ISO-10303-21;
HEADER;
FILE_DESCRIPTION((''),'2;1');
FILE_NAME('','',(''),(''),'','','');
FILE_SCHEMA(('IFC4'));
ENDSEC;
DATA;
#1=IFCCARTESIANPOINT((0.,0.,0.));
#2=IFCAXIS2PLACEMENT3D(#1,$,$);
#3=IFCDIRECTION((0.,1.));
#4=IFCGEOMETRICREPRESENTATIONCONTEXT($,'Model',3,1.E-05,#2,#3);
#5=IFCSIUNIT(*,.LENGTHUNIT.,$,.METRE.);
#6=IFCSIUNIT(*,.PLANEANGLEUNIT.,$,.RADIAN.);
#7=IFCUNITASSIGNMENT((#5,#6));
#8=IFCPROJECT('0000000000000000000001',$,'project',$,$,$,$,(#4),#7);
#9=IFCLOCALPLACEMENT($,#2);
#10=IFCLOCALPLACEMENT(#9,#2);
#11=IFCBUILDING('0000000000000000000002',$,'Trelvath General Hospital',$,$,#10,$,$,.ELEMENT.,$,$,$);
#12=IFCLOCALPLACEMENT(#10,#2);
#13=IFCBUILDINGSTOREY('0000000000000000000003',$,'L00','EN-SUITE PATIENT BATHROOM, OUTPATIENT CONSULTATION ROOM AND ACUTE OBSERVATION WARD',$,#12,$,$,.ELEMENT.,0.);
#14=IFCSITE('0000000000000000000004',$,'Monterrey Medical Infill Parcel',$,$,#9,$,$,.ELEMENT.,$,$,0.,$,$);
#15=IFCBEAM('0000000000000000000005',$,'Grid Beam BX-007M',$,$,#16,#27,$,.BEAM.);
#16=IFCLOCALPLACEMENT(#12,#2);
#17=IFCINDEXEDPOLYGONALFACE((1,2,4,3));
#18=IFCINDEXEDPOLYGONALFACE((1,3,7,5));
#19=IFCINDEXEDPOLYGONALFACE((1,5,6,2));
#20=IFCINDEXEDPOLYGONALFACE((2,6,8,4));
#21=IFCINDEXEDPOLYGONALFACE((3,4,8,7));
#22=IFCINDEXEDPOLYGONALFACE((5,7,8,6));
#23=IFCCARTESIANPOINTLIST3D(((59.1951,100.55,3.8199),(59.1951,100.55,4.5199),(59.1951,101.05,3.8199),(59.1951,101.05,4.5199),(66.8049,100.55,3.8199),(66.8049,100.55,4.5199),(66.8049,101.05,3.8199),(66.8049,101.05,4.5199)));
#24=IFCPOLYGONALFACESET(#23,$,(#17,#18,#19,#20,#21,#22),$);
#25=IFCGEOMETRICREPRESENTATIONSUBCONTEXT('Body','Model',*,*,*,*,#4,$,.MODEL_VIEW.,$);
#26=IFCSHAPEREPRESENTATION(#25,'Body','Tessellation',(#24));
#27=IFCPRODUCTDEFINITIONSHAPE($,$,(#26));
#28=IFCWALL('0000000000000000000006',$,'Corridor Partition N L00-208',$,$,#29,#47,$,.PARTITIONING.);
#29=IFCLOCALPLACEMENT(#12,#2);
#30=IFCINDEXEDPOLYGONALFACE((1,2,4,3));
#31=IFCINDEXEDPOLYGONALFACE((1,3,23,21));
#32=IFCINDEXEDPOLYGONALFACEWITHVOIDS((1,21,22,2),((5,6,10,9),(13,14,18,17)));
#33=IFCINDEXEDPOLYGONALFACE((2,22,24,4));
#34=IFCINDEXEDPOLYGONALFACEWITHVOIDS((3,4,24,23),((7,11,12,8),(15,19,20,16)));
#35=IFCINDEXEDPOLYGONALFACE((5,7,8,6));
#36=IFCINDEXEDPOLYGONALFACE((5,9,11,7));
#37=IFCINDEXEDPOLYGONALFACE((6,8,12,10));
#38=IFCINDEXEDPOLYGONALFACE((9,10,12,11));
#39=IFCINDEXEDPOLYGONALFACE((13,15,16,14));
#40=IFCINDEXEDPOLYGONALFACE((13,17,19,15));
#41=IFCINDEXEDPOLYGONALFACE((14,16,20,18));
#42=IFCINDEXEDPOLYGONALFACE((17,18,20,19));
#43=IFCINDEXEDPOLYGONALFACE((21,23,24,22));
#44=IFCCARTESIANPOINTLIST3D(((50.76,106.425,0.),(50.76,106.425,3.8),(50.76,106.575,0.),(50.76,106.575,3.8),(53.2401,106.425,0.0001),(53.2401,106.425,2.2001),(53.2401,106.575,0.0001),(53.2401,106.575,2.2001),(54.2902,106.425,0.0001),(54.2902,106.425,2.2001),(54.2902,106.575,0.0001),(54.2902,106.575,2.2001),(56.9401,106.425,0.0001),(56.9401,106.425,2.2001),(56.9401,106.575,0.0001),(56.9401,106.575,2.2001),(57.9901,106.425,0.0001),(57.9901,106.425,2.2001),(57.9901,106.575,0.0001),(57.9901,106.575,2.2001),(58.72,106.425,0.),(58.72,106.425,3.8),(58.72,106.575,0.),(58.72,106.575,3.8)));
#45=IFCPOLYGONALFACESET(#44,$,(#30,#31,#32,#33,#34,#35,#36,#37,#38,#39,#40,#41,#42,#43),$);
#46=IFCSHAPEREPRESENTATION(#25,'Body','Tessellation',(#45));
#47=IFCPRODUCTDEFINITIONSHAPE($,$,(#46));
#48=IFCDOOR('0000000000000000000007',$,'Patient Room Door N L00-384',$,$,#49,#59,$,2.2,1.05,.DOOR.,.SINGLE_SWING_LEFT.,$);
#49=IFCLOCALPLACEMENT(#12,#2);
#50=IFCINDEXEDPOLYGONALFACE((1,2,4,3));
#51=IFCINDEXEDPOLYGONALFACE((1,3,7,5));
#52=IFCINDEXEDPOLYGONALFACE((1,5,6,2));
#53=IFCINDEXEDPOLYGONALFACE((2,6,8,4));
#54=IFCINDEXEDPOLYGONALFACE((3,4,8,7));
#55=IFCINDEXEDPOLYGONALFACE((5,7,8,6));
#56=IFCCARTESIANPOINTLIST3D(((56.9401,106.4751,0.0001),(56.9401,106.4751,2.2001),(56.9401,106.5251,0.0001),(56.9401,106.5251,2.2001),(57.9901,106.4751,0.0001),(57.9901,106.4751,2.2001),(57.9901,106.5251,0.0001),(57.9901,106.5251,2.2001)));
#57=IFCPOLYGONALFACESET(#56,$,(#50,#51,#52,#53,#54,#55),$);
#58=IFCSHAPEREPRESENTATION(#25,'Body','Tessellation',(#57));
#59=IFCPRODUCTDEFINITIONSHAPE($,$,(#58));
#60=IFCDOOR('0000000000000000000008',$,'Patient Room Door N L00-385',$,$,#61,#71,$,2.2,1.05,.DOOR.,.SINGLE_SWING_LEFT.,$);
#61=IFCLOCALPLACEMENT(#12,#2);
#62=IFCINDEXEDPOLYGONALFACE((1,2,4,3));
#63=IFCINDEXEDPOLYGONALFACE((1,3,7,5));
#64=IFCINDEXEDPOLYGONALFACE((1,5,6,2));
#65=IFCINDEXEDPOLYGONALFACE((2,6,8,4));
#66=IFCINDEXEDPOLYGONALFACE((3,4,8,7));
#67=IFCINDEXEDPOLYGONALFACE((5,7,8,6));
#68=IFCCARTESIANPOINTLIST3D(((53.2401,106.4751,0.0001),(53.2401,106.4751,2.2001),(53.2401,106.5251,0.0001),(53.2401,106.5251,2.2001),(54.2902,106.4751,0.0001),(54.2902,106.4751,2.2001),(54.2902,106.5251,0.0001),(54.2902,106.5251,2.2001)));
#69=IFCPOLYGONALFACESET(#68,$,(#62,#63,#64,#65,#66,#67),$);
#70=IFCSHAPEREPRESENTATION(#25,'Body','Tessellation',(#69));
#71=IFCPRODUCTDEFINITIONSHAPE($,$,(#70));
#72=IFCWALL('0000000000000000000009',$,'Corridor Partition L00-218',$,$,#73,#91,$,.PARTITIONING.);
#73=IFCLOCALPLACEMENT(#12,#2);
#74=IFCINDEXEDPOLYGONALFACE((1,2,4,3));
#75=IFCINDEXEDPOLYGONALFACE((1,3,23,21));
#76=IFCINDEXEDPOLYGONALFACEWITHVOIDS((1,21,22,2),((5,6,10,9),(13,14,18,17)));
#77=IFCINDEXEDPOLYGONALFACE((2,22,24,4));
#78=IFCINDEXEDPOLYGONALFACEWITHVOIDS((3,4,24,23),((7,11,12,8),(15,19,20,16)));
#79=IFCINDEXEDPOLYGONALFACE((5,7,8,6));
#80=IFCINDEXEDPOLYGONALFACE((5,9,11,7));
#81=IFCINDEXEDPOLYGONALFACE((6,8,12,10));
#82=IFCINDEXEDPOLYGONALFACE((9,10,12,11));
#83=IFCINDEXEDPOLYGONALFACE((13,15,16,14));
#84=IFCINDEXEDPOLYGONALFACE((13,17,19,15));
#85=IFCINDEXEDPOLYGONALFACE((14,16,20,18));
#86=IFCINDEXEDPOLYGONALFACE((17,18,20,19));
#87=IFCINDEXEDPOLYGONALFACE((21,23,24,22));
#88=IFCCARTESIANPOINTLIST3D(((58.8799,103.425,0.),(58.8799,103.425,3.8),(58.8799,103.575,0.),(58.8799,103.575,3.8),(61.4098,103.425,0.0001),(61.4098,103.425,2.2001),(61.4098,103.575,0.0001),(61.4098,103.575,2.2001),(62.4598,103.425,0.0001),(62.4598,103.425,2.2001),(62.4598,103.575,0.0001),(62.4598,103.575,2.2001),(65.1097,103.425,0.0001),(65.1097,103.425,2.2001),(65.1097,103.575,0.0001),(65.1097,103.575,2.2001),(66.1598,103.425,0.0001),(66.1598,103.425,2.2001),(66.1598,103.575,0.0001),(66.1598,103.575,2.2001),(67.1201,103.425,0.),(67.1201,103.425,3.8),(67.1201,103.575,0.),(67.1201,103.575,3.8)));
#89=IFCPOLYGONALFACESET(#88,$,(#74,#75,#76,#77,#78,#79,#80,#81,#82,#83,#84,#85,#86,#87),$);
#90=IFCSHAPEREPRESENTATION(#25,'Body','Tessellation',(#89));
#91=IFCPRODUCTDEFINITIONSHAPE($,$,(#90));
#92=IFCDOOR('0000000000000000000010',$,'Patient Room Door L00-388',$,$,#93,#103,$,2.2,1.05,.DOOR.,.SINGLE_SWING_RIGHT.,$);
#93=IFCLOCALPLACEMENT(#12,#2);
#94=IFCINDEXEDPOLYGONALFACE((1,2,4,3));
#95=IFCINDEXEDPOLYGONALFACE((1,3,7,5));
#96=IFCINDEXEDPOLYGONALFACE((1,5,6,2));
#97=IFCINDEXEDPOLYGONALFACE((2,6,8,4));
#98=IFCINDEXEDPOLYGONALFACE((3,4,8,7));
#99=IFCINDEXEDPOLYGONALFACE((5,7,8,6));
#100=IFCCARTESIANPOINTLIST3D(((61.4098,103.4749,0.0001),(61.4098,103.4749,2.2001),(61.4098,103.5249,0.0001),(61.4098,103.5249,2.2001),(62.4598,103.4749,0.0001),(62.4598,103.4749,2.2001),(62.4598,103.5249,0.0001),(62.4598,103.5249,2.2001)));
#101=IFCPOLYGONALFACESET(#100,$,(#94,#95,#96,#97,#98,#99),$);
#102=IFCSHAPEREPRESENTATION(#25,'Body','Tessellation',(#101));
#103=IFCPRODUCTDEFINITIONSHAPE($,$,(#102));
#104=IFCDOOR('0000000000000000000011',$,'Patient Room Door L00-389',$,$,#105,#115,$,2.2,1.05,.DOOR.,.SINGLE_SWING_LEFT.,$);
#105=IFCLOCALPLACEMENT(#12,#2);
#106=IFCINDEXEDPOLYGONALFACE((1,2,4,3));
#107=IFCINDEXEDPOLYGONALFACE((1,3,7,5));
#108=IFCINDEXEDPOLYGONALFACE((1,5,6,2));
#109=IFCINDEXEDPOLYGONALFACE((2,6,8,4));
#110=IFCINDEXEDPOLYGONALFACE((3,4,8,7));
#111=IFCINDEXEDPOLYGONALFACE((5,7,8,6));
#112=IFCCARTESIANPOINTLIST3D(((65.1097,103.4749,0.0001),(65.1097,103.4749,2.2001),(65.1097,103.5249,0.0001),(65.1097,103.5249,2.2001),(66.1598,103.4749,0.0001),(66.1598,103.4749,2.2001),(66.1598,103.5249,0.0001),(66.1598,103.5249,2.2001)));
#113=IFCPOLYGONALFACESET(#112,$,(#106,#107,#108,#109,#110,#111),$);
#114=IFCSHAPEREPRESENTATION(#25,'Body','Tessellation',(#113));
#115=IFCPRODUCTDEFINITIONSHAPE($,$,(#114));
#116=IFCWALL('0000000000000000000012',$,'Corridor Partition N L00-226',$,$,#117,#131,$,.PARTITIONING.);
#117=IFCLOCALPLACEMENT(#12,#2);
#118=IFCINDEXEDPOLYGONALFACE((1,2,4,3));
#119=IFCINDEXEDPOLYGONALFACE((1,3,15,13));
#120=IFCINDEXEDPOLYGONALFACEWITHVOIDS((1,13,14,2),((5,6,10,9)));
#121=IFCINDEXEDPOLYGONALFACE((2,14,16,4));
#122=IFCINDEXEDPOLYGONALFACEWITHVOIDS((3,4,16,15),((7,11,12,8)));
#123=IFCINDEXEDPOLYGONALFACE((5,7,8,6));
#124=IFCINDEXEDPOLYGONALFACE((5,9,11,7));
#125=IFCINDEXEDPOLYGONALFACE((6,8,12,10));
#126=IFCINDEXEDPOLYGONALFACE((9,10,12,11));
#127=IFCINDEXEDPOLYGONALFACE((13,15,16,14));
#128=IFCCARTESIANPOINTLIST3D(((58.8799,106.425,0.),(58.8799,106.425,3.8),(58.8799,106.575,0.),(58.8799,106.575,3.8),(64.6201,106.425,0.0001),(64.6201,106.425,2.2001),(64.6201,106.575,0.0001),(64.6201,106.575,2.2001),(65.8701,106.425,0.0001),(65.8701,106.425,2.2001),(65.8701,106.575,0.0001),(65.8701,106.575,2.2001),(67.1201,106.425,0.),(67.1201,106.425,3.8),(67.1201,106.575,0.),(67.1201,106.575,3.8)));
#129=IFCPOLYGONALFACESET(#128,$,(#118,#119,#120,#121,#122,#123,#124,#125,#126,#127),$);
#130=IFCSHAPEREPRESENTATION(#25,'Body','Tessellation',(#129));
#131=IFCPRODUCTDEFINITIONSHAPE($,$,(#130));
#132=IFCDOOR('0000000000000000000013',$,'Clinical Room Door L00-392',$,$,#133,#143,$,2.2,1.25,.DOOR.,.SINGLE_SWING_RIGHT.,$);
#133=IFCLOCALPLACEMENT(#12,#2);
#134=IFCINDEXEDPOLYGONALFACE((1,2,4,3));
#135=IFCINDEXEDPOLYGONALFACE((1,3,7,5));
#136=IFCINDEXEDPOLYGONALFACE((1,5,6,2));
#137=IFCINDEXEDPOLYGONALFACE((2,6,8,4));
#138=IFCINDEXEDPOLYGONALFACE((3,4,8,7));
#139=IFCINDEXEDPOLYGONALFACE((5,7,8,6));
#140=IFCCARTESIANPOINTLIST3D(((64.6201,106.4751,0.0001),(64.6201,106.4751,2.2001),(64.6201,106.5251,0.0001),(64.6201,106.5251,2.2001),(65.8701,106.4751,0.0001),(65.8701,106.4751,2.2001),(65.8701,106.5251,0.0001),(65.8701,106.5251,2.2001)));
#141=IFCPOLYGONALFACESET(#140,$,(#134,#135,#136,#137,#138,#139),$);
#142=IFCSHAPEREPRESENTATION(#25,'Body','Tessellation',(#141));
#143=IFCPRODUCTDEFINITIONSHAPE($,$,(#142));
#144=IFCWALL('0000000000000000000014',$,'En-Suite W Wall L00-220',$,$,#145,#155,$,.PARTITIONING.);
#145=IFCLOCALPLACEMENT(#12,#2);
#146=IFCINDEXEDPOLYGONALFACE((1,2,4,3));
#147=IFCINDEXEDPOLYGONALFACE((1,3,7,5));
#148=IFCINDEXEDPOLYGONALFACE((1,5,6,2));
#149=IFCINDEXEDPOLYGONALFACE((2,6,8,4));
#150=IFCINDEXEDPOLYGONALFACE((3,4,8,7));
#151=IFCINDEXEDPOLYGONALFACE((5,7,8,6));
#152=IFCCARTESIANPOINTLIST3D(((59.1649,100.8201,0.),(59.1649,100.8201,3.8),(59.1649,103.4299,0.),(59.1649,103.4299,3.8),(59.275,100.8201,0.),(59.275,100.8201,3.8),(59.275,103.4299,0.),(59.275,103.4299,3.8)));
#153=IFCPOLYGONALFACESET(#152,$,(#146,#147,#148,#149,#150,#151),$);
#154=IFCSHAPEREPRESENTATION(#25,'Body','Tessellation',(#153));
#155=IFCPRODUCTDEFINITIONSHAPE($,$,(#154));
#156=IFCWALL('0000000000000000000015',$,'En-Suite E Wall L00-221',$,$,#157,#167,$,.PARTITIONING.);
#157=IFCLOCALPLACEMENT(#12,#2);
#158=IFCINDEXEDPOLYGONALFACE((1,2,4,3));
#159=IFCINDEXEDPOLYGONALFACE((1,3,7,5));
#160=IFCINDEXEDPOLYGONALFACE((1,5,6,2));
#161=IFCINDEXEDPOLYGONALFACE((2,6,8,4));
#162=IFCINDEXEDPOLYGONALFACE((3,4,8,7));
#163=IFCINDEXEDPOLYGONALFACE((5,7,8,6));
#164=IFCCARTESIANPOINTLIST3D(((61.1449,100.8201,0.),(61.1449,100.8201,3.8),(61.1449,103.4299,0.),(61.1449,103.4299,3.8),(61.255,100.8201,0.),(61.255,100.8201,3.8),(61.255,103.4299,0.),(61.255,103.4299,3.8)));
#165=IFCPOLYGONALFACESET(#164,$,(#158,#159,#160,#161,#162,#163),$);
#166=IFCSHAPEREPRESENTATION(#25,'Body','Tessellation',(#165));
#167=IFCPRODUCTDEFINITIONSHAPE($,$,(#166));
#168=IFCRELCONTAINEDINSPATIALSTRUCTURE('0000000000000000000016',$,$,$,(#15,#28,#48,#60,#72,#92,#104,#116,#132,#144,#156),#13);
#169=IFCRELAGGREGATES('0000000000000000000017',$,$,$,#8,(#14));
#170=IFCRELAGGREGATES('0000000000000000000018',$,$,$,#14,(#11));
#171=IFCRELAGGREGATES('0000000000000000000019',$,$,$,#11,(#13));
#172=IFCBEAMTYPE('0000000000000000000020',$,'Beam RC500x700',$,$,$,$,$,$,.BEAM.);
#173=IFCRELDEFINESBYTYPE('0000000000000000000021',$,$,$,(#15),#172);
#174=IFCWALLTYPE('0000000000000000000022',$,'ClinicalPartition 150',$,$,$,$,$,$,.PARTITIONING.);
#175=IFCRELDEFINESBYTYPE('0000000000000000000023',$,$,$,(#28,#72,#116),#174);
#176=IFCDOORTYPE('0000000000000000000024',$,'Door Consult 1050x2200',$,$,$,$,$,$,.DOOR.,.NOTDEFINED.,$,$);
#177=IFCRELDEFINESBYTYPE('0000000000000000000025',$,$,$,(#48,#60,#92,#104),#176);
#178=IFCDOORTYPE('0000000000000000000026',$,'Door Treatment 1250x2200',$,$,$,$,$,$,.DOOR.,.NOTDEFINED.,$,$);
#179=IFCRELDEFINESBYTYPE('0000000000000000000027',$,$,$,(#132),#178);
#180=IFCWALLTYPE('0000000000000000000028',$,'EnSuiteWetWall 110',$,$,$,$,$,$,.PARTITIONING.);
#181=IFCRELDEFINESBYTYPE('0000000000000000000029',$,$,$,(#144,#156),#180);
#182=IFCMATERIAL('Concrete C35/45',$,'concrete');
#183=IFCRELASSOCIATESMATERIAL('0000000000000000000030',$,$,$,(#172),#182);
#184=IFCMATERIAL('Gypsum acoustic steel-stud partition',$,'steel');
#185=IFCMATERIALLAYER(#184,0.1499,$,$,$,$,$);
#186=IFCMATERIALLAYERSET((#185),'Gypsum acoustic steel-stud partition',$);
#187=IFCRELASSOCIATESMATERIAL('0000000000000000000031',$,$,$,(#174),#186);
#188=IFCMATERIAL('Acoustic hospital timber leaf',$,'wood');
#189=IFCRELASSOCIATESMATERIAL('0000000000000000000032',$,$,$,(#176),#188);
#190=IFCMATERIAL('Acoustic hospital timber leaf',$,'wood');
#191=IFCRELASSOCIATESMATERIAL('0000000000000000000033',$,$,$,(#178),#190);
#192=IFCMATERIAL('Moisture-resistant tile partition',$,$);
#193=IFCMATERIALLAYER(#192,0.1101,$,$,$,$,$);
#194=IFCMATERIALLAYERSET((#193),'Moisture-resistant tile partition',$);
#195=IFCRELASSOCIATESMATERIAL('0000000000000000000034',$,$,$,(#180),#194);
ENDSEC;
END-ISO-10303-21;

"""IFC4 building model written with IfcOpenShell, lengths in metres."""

from ifc_helpers import new_model, si_unit, direction, frame, frame_2d, origin, origin_2d, place, context, subcontext, project, spatial, rectangle, extrude, material, layer, layer_set, material_profile, profile_set, type_object, element, fill, save


model = new_model("IFC4")

# Units and contexts
model_context = context("Model", 3, precision=1e-05, world=origin(), true_north=direction((0.0, 1.0)))
body_context = subcontext(model_context, "Body", "Model", "MODEL_VIEW")
ifc_project = project(units=[si_unit("LENGTHUNIT", "METRE"), si_unit("PLANEANGLEUNIT", "RADIAN")], contexts=[model_context])

# Site, building, storey
site_placement = place(None, origin())
site = spatial("IfcSite", under=ifc_project, at=site_placement, Name="Monterrey Medical Infill Parcel", CompositionType="ELEMENT", RefElevation=0.0)
building_placement = place(site_placement, origin())
building = spatial("IfcBuilding", under=site, at=building_placement, Name="Trelvath General Hospital", CompositionType="ELEMENT")
storey_placement = place(building_placement, origin())
storey = spatial("IfcBuildingStorey", under=building, at=storey_placement, Name="L00", Description="EN-SUITE PATIENT BATHROOM, OUTPATIENT CONSULTATION ROOM AND ACUTE OBSERVATION WARD", CompositionType="ELEMENT", Elevation=0.0)

# Beam
ifc_material_1 = material(Name="Concrete C35/45", Category="concrete")
ifc_material_profile_1 = material_profile(ifc_material_1, rectangle(XDim=0.5, YDim=0.7, at=origin_2d()), Name="RCB500x700")
ifc_profile_set_1 = profile_set([ifc_material_profile_1], Name="Concrete C35/45")
beam_type_1 = type_object("IfcBeamType", Name="Beam RC500x700", PredefinedType="BEAM", material=ifc_profile_set_1)
beam_1_placement = place(storey_placement, frame((59.1951, 100.8, 4.1699), z_axis=(1.0, 0.0, 0.0), x_axis=(0.0, 1.0, 0.0)))
element("IfcBeam", 1, at=beam_1_placement, inside=storey, type_object=beam_type_1, Name="Grid Beam BX-007M", PredefinedType="BEAM", context=body_context, shape_type="SweptSolid", body=[
    extrude(rectangle(XDim=0.5, YDim=0.7, at=origin_2d()), origin(), (0.0, 0.0, 1.0), 7.6099),
])

# Walls, openings, doors
ifc_material_2 = material(Name="Gypsum acoustic steel-stud partition", Category="steel")
ifc_layer_1 = layer(ifc_material_2, 0.1499)
ifc_layer_set_1 = layer_set([ifc_layer_1], Name="Gypsum acoustic steel-stud partition")
wall_type_1 = type_object("IfcWallType", Name="ClinicalPartition 150", PredefinedType="PARTITIONING", material=ifc_layer_set_1)
wall_1_placement = place(storey_placement, frame((58.72, 106.5, 0.0), z_axis=(0.0, 0.0, 1.0), x_axis=(-1.0, 0.0, 0.0)))
wall_1 = element("IfcWall", 2, at=wall_1_placement, inside=storey, type_object=wall_type_1, Name="Corridor Partition N L00-208", PredefinedType="PARTITIONING", context=body_context, shape_type="SweptSolid", body=[
    extrude(rectangle(XDim=7.96, YDim=0.1499, at=frame_2d((3.98, 0.0))), origin(), (0.0, 0.0, 1.0), 3.8),
])
opening_1_placement = place(wall_1_placement, frame((0.73, 0.0, 0.0)))
opening_1 = element("IfcOpeningElement", 3, at=opening_1_placement, cuts=wall_1, PredefinedType="OPENING", context=body_context, shape_type="SweptSolid", body=[
    extrude(rectangle(XDim=1.05, YDim=2.2, at=frame_2d((0.5249, 1.1001))), frame((0.0, 0.085, 0.0), z_axis=(0.0, -1.0, 0.0), x_axis=(1.0, 0.0, 0.0)), (0.0, 0.0, 1.0), 0.1699),
])
opening_2_placement = place(wall_1_placement, frame((4.4299, 0.0, 0.0)))
opening_2 = element("IfcOpeningElement", 4, at=opening_2_placement, cuts=wall_1, PredefinedType="OPENING", context=body_context, shape_type="SweptSolid", body=[
    extrude(rectangle(XDim=1.05, YDim=2.2, at=frame_2d((0.5249, 1.1001))), frame((0.0, 0.085, 0.0), z_axis=(0.0, -1.0, 0.0), x_axis=(1.0, 0.0, 0.0)), (0.0, 0.0, 1.0), 0.1699),
])
ifc_material_3 = material(Name="Acoustic hospital timber leaf", Category="wood")
door_type_1 = type_object("IfcDoorType", Name="Door Consult 1050x2200", OperationType="NOTDEFINED", PredefinedType="DOOR", material=ifc_material_3)
door_1_placement = place(opening_1_placement, origin())
door_1 = element("IfcDoor", 5, at=door_1_placement, inside=storey, type_object=door_type_1, Name="Patient Room Door N L00-384", OperationType="SINGLE_SWING_LEFT", OverallHeight=2.2, OverallWidth=1.05, PredefinedType="DOOR", context=body_context, shape_type="SweptSolid", body=[
    extrude(rectangle(XDim=1.05, YDim=2.2, at=frame_2d((0.5249, 1.1001))), frame((0.0, 0.0249, 0.0), z_axis=(0.0, -1.0, 0.0), x_axis=(1.0, 0.0, 0.0)), (0.0, 0.0, 1.0), 0.05),
])
fill(opening_1, door_1)
door_2_placement = place(opening_2_placement, origin())
door_2 = element("IfcDoor", 6, at=door_2_placement, inside=storey, type_object=door_type_1, Name="Patient Room Door N L00-385", OperationType="SINGLE_SWING_LEFT", OverallHeight=2.2, OverallWidth=1.05, PredefinedType="DOOR", context=body_context, shape_type="SweptSolid", body=[
    extrude(rectangle(XDim=1.05, YDim=2.2, at=frame_2d((0.5249, 1.1001))), frame((0.0, 0.0249, 0.0), z_axis=(0.0, -1.0, 0.0), x_axis=(1.0, 0.0, 0.0)), (0.0, 0.0, 1.0), 0.05),
])
fill(opening_2, door_2)
wall_2_placement = place(storey_placement, frame((58.8799, 103.5, 0.0), z_axis=(0.0, 0.0, 1.0), x_axis=(1.0, 0.0, 0.0)))
wall_2 = element("IfcWall", 7, at=wall_2_placement, inside=storey, type_object=wall_type_1, Name="Corridor Partition L00-218", PredefinedType="PARTITIONING", context=body_context, shape_type="SweptSolid", body=[
    extrude(rectangle(XDim=8.2402, YDim=0.1499, at=frame_2d((4.1201, 0.0))), origin(), (0.0, 0.0, 1.0), 3.8),
])
opening_3_placement = place(wall_2_placement, frame((2.53, 0.0, 0.0)))
opening_3 = element("IfcOpeningElement", 8, at=opening_3_placement, cuts=wall_2, PredefinedType="OPENING", context=body_context, shape_type="SweptSolid", body=[
    extrude(rectangle(XDim=1.05, YDim=2.2, at=frame_2d((0.5249, 1.1001))), frame((0.0, 0.085, 0.0), z_axis=(0.0, -1.0, 0.0), x_axis=(1.0, 0.0, 0.0)), (0.0, 0.0, 1.0), 0.1699),
])
opening_4_placement = place(wall_2_placement, frame((6.23, 0.0, 0.0)))
opening_4 = element("IfcOpeningElement", 9, at=opening_4_placement, cuts=wall_2, PredefinedType="OPENING", context=body_context, shape_type="SweptSolid", body=[
    extrude(rectangle(XDim=1.05, YDim=2.2, at=frame_2d((0.5249, 1.1001))), frame((0.0, 0.085, 0.0), z_axis=(0.0, -1.0, 0.0), x_axis=(1.0, 0.0, 0.0)), (0.0, 0.0, 1.0), 0.1699),
])
door_3_placement = place(opening_3_placement, origin())
door_3 = element("IfcDoor", 10, at=door_3_placement, inside=storey, type_object=door_type_1, Name="Patient Room Door L00-388", OperationType="SINGLE_SWING_RIGHT", OverallHeight=2.2, OverallWidth=1.05, PredefinedType="DOOR", context=body_context, shape_type="SweptSolid", body=[
    extrude(rectangle(XDim=1.05, YDim=2.2, at=frame_2d((0.5249, 1.1001))), frame((0.0, 0.0249, 0.0), z_axis=(0.0, -1.0, 0.0), x_axis=(1.0, 0.0, 0.0)), (0.0, 0.0, 1.0), 0.05),
])
fill(opening_3, door_3)
door_4_placement = place(opening_4_placement, origin())
door_4 = element("IfcDoor", 11, at=door_4_placement, inside=storey, type_object=door_type_1, Name="Patient Room Door L00-389", OperationType="SINGLE_SWING_LEFT", OverallHeight=2.2, OverallWidth=1.05, PredefinedType="DOOR", context=body_context, shape_type="SweptSolid", body=[
    extrude(rectangle(XDim=1.05, YDim=2.2, at=frame_2d((0.5249, 1.1001))), frame((0.0, 0.0249, 0.0), z_axis=(0.0, -1.0, 0.0), x_axis=(1.0, 0.0, 0.0)), (0.0, 0.0, 1.0), 0.05),
])
fill(opening_4, door_4)

# Wall, opening, door
wall_3_placement = place(storey_placement, frame((67.1201, 106.5, 0.0), z_axis=(0.0, 0.0, 1.0), x_axis=(-1.0, 0.0, 0.0)))
wall_3 = element("IfcWall", 12, at=wall_3_placement, inside=storey, type_object=wall_type_1, Name="Corridor Partition N L00-226", PredefinedType="PARTITIONING", context=body_context, shape_type="SweptSolid", body=[
    extrude(rectangle(XDim=8.2402, YDim=0.1499, at=frame_2d((4.1201, 0.0))), origin(), (0.0, 0.0, 1.0), 3.8),
])
opening_5_placement = place(wall_3_placement, frame((1.25, 0.0, 0.0)))
opening_5 = element("IfcOpeningElement", 13, at=opening_5_placement, cuts=wall_3, PredefinedType="OPENING", context=body_context, shape_type="SweptSolid", body=[
    extrude(rectangle(XDim=1.25, YDim=2.2, at=frame_2d((0.625, 1.1001))), frame((0.0, 0.085, 0.0), z_axis=(0.0, -1.0, 0.0), x_axis=(1.0, 0.0, 0.0)), (0.0, 0.0, 1.0), 0.1699),
])
ifc_material_4 = material(Name="Acoustic hospital timber leaf", Category="wood")
door_type_2 = type_object("IfcDoorType", Name="Door Treatment 1250x2200", OperationType="NOTDEFINED", PredefinedType="DOOR", material=ifc_material_4)
door_5_placement = place(opening_5_placement, origin())
door_5 = element("IfcDoor", 14, at=door_5_placement, inside=storey, type_object=door_type_2, Name="Clinical Room Door L00-392", OperationType="SINGLE_SWING_RIGHT", OverallHeight=2.2, OverallWidth=1.25, PredefinedType="DOOR", context=body_context, shape_type="SweptSolid", body=[
    extrude(rectangle(XDim=1.25, YDim=2.2, at=frame_2d((0.625, 1.1001))), frame((0.0, 0.0249, 0.0), z_axis=(0.0, -1.0, 0.0), x_axis=(1.0, 0.0, 0.0)), (0.0, 0.0, 1.0), 0.05),
])
fill(opening_5, door_5)

# Walls
ifc_material_5 = material(Name="Moisture-resistant tile partition")
ifc_layer_2 = layer(ifc_material_5, 0.1101)
ifc_layer_set_2 = layer_set([ifc_layer_2], Name="Moisture-resistant tile partition")
wall_type_2 = type_object("IfcWallType", Name="EnSuiteWetWall 110", PredefinedType="PARTITIONING", material=ifc_layer_set_2)
for number, where, z_axis, x_axis, name in (
    (15, (59.22, 100.8201, 0.0), (0.0, 0.0, 1.0), (0.0, 1.0, 0.0), "En-Suite W Wall L00-220"),
    (16, (61.2, 100.8201, 0.0), (0.0, 0.0, 1.0), (0.0, 1.0, 0.0), "En-Suite E Wall L00-221"),
):
    element("IfcWall", number, at=place(storey_placement, frame(where, z_axis=z_axis, x_axis=x_axis)), inside=storey, type_object=wall_type_2, Name=name, PredefinedType="PARTITIONING", context=body_context, shape_type="SweptSolid", body=[
        extrude(rectangle(XDim=2.6099, YDim=0.1101, at=frame_2d((1.3049, 0.0))), origin(), (0.0, 0.0, 1.0), 3.8),
    ])

save(model, "model.ifc")
